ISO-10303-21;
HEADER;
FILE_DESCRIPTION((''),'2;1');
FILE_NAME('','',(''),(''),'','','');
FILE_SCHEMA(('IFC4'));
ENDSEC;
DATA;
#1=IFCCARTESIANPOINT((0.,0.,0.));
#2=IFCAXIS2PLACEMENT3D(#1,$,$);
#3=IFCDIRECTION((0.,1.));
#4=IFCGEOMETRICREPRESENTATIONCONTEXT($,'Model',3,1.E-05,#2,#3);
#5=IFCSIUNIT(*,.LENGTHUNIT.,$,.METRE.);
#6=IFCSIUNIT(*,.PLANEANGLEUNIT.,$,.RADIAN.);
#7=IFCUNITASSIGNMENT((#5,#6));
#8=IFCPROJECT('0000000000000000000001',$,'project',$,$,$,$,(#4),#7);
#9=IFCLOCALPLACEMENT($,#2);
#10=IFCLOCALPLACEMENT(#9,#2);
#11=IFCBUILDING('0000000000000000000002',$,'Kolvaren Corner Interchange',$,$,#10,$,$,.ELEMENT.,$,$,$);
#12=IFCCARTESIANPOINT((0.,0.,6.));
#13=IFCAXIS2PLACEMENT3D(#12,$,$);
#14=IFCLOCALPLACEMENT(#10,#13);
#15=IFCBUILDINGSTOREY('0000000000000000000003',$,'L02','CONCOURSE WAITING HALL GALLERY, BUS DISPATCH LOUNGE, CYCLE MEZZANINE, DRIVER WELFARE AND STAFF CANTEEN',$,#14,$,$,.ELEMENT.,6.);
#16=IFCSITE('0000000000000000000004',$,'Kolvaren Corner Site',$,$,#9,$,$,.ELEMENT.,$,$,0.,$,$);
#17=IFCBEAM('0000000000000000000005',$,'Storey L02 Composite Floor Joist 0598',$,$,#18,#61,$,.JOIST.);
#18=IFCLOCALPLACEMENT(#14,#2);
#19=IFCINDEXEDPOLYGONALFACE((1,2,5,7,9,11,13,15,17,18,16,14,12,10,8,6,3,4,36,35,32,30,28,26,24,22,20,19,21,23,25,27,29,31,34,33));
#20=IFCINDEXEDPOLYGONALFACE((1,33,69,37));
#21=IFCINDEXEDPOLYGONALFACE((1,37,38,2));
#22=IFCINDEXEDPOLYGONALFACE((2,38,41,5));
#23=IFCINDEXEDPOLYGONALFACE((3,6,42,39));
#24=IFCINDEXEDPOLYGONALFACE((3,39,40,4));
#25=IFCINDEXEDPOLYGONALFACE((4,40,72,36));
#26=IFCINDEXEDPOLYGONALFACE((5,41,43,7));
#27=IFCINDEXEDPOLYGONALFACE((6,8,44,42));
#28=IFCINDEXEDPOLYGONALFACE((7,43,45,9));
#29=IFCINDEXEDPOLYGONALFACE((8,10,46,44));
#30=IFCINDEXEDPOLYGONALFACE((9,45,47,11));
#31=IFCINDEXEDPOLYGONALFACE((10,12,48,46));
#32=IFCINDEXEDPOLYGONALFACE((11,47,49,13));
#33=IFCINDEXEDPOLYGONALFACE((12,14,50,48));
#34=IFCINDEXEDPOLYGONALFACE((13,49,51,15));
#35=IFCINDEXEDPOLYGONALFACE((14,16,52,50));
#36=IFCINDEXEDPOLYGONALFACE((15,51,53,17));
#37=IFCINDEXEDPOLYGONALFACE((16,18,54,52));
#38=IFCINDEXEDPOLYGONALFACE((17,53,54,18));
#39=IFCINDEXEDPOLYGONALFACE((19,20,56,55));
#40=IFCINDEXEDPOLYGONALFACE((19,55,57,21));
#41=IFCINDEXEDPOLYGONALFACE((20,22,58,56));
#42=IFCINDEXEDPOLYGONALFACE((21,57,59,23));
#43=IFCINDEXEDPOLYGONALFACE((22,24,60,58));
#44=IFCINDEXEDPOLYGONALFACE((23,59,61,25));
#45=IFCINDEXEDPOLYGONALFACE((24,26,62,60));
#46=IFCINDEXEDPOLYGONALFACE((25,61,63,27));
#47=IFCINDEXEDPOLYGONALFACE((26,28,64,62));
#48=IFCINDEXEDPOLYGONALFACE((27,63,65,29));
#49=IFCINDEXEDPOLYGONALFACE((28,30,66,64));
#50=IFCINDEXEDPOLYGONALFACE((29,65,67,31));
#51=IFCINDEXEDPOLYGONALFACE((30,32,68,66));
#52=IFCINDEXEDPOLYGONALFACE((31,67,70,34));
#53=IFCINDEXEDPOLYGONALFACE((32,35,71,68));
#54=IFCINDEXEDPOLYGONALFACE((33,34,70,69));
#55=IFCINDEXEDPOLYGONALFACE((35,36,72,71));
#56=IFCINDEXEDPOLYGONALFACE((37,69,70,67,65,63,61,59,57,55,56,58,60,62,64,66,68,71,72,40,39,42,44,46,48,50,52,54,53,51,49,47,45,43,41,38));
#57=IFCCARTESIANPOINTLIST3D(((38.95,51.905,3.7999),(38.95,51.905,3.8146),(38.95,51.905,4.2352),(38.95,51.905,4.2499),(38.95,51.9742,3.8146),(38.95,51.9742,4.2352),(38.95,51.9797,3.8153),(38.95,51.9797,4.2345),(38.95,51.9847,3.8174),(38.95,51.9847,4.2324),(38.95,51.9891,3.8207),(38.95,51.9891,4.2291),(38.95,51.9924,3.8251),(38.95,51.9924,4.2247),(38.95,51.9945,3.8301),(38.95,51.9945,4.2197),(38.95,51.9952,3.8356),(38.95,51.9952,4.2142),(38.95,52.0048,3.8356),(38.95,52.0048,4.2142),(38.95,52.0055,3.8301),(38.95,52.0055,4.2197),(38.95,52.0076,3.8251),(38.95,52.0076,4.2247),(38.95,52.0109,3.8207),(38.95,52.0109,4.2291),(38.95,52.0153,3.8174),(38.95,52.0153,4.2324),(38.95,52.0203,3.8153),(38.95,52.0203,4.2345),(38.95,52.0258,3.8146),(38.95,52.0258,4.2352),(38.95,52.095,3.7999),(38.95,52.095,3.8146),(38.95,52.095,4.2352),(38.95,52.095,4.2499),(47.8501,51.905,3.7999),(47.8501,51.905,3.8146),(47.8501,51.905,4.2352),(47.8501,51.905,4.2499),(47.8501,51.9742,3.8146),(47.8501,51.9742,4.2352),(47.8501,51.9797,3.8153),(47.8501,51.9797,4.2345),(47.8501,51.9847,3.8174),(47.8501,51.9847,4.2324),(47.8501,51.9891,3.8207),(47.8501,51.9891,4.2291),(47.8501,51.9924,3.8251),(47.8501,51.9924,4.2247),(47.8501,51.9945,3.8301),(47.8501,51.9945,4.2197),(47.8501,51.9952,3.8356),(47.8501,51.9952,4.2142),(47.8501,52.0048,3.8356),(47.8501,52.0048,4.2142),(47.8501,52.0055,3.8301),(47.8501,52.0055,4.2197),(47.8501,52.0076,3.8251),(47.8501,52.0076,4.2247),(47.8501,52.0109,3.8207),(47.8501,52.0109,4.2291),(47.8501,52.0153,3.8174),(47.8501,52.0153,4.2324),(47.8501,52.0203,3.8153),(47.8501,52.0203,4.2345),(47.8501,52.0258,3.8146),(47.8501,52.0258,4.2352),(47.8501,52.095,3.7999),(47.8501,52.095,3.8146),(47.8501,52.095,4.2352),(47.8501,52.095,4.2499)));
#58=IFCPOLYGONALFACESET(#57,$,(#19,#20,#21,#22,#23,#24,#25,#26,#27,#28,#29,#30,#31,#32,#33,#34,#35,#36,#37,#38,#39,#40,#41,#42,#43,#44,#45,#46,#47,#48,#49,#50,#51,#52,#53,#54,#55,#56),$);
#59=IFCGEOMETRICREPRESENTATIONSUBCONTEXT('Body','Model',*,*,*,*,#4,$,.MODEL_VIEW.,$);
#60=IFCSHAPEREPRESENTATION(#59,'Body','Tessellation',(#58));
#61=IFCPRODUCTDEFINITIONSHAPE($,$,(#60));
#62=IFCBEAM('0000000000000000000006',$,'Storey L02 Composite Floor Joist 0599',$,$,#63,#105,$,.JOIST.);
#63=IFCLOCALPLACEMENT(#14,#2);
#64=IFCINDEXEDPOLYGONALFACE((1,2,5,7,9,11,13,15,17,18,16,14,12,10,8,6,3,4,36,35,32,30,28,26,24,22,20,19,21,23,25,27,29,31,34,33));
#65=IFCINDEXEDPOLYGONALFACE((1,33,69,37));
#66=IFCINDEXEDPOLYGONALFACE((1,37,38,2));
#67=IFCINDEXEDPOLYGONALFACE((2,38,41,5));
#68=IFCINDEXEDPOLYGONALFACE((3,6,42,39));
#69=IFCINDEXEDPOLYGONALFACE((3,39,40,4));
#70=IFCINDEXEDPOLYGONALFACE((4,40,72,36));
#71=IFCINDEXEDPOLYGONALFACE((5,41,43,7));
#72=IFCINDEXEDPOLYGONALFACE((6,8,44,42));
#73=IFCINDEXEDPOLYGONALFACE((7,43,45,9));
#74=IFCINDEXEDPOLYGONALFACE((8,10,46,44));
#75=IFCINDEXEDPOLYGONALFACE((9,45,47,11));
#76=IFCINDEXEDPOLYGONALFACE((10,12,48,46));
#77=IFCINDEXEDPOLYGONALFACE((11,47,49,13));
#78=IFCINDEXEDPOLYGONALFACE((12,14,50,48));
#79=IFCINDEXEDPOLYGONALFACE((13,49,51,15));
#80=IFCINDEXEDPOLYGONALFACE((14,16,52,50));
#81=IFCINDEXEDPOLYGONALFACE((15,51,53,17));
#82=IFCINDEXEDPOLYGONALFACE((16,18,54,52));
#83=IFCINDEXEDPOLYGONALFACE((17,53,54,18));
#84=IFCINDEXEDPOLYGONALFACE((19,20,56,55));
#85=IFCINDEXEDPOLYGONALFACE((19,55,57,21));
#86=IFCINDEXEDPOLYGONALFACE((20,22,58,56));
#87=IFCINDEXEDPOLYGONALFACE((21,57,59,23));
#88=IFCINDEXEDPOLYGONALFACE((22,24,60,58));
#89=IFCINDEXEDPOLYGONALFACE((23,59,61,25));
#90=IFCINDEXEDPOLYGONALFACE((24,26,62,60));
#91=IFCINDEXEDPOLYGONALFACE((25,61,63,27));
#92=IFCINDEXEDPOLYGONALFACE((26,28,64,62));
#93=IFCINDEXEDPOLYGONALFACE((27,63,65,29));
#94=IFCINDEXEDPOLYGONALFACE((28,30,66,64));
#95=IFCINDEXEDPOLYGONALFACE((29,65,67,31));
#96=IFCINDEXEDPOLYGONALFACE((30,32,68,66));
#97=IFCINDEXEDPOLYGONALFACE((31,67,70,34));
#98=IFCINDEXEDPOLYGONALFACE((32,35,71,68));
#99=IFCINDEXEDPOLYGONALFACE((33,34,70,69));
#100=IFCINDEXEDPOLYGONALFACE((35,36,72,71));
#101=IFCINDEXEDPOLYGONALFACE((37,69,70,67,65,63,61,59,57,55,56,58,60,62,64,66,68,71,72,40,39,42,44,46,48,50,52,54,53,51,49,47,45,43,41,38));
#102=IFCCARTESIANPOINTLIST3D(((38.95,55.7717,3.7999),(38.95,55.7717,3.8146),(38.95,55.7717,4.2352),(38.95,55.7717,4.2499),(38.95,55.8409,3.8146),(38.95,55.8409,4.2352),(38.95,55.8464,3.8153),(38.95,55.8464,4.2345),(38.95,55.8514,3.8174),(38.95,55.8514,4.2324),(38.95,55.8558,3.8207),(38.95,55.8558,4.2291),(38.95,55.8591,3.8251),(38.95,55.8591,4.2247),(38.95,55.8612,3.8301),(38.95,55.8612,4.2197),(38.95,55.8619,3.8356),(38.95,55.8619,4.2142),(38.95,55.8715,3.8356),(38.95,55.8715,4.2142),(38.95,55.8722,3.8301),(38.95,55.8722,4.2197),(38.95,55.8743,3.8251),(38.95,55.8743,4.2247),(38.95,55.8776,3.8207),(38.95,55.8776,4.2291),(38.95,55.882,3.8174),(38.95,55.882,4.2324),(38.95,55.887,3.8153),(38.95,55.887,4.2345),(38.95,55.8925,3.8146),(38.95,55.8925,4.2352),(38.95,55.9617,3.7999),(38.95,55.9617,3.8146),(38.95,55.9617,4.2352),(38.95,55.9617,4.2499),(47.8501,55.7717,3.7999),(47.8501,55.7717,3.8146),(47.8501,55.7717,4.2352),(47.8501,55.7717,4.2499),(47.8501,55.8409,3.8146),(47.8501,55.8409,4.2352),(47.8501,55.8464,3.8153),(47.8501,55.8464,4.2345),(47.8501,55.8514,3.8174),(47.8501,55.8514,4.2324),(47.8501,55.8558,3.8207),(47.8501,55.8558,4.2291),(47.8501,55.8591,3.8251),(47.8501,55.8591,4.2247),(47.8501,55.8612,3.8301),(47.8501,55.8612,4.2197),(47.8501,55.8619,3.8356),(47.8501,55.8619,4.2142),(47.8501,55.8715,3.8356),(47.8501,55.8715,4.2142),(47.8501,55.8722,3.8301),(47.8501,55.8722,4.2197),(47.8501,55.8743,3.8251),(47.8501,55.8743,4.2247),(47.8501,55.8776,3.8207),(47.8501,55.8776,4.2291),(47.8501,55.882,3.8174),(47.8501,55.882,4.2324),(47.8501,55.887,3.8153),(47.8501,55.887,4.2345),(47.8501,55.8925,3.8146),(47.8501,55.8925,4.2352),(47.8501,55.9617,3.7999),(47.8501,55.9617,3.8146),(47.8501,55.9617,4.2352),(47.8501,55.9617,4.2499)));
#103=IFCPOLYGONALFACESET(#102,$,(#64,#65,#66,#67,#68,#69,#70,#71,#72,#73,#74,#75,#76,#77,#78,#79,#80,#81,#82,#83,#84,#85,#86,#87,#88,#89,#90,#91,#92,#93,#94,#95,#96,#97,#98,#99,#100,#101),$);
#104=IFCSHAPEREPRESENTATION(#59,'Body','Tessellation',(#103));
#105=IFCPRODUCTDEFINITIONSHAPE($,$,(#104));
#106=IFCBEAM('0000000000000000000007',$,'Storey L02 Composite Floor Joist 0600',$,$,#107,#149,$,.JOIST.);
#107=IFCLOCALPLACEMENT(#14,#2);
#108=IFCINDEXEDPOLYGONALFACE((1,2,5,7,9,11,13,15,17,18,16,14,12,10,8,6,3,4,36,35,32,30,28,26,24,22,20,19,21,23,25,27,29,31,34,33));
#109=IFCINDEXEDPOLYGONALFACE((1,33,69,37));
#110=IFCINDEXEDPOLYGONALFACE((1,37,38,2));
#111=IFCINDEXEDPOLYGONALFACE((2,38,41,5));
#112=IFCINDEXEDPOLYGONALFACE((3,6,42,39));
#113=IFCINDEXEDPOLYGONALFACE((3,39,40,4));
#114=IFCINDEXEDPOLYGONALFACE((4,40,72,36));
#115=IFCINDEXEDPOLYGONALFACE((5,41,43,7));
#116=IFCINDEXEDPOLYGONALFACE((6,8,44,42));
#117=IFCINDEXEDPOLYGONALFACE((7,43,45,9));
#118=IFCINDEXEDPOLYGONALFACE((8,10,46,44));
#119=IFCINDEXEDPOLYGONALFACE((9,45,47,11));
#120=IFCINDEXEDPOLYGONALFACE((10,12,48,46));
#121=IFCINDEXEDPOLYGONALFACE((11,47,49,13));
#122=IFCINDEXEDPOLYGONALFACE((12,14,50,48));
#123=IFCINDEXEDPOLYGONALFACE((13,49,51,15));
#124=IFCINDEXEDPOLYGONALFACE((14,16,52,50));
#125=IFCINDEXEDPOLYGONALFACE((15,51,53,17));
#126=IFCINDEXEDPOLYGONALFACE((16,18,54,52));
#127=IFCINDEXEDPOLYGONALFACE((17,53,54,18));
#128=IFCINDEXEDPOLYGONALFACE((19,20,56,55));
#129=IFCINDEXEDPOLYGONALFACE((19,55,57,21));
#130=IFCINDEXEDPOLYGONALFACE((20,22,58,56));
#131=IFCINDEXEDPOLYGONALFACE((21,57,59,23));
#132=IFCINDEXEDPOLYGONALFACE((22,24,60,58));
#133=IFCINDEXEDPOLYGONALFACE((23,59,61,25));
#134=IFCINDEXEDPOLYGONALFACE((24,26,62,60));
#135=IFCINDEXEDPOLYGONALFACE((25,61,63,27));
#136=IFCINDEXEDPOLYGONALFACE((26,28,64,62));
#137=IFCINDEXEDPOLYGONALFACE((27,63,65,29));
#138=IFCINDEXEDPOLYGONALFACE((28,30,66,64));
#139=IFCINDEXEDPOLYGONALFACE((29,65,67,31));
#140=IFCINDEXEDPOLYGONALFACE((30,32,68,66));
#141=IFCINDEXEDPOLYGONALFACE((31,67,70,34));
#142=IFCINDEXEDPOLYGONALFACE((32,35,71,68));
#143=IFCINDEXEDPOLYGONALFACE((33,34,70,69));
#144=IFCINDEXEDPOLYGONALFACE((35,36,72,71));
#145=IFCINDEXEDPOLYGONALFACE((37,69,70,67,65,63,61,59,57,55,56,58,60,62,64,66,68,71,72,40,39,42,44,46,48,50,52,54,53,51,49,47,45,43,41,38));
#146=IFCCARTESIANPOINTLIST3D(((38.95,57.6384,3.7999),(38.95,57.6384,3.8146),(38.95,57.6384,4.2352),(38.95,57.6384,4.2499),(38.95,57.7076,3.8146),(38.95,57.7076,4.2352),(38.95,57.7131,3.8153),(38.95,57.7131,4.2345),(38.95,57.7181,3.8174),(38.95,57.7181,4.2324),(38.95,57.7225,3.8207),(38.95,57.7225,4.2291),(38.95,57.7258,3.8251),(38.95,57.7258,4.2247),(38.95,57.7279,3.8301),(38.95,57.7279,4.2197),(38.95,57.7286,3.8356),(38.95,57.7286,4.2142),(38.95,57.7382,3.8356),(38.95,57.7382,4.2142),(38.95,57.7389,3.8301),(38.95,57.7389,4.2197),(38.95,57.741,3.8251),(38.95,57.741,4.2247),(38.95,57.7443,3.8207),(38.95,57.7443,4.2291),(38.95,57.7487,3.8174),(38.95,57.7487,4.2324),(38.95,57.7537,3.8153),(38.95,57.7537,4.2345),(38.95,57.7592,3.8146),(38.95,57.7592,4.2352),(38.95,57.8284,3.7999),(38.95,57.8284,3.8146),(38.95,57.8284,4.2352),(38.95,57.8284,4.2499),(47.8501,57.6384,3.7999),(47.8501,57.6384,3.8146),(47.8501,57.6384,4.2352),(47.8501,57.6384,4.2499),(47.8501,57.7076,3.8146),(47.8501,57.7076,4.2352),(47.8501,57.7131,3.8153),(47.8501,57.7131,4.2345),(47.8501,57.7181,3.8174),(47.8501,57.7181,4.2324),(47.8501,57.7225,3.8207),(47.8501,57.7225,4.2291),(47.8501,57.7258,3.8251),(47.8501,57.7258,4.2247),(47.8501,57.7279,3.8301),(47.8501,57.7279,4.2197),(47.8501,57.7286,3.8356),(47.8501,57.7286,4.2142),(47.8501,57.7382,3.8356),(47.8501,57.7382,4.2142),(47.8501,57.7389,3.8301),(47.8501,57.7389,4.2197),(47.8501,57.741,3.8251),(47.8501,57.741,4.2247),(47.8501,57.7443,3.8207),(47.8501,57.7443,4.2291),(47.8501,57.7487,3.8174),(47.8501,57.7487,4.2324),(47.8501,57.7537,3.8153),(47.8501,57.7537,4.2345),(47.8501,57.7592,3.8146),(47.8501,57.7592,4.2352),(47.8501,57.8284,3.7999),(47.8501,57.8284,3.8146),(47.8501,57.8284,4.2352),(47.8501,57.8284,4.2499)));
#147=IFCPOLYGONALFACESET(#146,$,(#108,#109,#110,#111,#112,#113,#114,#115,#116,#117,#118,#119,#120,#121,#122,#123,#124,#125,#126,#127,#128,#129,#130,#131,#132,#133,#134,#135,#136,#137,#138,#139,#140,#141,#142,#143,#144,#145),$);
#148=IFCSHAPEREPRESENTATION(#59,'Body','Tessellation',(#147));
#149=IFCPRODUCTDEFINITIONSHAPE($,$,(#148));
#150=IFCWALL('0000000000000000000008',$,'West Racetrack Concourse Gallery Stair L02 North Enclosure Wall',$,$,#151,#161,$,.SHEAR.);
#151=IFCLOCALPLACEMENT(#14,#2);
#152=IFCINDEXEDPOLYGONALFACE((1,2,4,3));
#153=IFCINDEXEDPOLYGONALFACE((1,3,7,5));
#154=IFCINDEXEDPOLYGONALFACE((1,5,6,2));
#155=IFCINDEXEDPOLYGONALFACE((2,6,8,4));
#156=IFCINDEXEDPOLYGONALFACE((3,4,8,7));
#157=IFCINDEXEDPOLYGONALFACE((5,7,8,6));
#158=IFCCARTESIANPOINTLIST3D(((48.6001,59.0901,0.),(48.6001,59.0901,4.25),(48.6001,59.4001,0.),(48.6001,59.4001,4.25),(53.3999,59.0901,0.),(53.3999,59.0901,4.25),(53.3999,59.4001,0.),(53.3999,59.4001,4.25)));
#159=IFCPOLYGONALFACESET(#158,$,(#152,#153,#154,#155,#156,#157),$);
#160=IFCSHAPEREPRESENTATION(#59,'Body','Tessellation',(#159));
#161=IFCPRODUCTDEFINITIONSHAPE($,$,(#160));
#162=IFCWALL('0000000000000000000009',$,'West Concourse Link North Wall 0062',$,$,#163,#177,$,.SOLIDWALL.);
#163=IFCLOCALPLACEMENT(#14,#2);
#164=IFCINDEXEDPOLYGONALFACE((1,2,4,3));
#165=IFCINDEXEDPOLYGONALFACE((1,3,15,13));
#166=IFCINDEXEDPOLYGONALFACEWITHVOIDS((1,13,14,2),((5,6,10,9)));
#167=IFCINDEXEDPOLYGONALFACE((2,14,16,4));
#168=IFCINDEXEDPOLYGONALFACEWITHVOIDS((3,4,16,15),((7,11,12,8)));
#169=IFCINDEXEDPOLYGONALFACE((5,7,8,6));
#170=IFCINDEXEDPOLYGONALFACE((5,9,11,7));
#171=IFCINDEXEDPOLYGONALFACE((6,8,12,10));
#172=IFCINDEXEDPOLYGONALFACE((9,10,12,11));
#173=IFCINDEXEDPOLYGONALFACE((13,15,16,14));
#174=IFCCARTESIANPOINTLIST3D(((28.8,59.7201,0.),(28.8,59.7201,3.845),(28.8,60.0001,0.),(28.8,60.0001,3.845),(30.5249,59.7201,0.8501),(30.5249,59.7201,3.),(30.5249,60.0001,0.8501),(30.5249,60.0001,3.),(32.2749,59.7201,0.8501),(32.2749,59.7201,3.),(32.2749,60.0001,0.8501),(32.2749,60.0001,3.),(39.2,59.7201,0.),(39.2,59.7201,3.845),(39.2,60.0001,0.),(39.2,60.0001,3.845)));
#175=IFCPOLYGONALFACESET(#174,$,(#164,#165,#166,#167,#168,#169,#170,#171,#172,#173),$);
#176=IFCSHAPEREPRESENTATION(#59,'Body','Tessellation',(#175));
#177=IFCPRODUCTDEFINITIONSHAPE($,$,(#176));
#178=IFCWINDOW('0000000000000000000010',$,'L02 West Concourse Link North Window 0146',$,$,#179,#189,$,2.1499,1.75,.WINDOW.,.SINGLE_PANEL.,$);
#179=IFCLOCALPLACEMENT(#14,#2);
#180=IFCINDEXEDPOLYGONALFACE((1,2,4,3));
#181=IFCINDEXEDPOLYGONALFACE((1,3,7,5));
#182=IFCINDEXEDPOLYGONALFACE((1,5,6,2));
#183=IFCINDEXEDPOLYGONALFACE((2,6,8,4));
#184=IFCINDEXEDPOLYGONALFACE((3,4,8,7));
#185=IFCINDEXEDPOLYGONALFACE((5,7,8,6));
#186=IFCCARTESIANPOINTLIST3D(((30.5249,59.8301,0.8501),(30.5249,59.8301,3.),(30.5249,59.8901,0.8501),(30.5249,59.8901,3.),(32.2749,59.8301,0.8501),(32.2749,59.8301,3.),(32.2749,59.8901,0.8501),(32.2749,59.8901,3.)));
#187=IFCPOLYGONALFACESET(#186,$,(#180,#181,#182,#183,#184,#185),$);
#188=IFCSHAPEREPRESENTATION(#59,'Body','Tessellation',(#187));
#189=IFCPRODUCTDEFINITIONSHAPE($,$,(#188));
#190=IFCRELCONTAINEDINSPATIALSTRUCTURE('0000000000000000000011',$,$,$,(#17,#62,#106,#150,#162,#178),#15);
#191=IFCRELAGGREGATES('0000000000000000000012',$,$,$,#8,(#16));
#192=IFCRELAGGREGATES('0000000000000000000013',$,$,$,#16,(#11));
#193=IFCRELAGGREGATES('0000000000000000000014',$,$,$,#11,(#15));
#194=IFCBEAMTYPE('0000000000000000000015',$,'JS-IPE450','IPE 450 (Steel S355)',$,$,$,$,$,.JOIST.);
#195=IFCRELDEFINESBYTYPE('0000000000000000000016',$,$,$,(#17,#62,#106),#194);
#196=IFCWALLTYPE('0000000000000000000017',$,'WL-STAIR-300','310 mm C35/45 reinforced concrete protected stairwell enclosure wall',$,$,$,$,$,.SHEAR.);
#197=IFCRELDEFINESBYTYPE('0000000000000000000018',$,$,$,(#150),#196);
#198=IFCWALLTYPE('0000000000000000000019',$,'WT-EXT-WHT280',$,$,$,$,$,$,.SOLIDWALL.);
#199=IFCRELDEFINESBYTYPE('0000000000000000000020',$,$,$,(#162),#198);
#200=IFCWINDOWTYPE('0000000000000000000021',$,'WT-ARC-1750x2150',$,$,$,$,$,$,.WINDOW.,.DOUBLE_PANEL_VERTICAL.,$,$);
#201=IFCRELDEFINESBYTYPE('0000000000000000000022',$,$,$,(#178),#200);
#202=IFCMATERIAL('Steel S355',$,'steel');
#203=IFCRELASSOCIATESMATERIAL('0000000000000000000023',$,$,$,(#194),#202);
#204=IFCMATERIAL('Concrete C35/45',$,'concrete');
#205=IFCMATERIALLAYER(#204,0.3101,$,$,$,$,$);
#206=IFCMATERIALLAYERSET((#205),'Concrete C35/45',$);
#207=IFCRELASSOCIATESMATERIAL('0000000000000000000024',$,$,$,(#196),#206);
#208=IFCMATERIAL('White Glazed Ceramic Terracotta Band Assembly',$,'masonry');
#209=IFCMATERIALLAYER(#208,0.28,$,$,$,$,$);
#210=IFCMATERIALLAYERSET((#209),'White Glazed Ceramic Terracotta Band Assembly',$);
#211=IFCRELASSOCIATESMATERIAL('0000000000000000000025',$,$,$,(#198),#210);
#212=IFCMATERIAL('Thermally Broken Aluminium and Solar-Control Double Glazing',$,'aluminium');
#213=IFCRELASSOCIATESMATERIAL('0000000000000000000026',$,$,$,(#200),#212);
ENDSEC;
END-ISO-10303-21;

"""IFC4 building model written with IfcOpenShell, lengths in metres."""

from ifc_helpers import new_model, si_unit, direction, frame, frame_2d, origin, origin_2d, place, context, subcontext, project, spatial, rectangle, i_section, extrude, material, layer, layer_set, material_profile, profile_set, type_object, element, fill, save


model = new_model("IFC4")

# Units and contexts
model_context = context("Model", 3, precision=1e-05, world=origin(), true_north=direction((0.0, 1.0)))
body_context = subcontext(model_context, "Body", "Model", "MODEL_VIEW")
ifc_project = project(units=[si_unit("LENGTHUNIT", "METRE"), si_unit("PLANEANGLEUNIT", "RADIAN")], contexts=[model_context])

# Site, building, storey
site_placement = place(None, origin())
site = spatial("IfcSite", under=ifc_project, at=site_placement, Name="Kolvaren Corner Site", CompositionType="ELEMENT", RefElevation=0.0)
building_placement = place(site_placement, origin())
building = spatial("IfcBuilding", under=site, at=building_placement, Name="Kolvaren Corner Interchange", CompositionType="ELEMENT")
storey_placement = place(building_placement, frame((0.0, 0.0, 6.0)))
storey = spatial("IfcBuildingStorey", under=building, at=storey_placement, Name="L02", Description="CONCOURSE WAITING HALL GALLERY, BUS DISPATCH LOUNGE, CYCLE MEZZANINE, DRIVER WELFARE AND STAFF CANTEEN", CompositionType="ELEMENT", Elevation=6.0)

# Beams
ifc_material_1 = material(Name="Steel S355", Category="steel")
ifc_material_profile_1 = material_profile(ifc_material_1, i_section(OverallWidth=0.1899, OverallDepth=0.45, WebThickness=0.0095, FlangeThickness=0.0146, FilletRadius=0.021, at=origin_2d()), Name="IPE 450")
ifc_profile_set_1 = profile_set([ifc_material_profile_1], Name="Steel S355")
beam_type_1 = type_object("IfcBeamType", Name="JS-IPE450", Description="IPE 450 (Steel S355)", PredefinedType="JOIST", material=ifc_profile_set_1)
for number, where, z_axis, x_axis, name in (
    (1, (38.95, 52.0, 4.0249), (1.0, 0.0, 0.0), (0.0, 1.0, 0.0), "Storey L02 Composite Floor Joist 0598"),
    (2, (38.95, 55.8667, 4.0249), (1.0, 0.0, 0.0), (0.0, 1.0, 0.0), "Storey L02 Composite Floor Joist 0599"),
    (3, (38.95, 57.7334, 4.0249), (1.0, 0.0, 0.0), (0.0, 1.0, 0.0), "Storey L02 Composite Floor Joist 0600"),
):
    element("IfcBeam", number, at=place(storey_placement, frame(where, z_axis=z_axis, x_axis=x_axis)), inside=storey, type_object=beam_type_1, Name=name, PredefinedType="JOIST", context=body_context, shape_type="SweptSolid", body=[
        extrude(i_section(OverallWidth=0.1899, OverallDepth=0.45, WebThickness=0.0095, FlangeThickness=0.0146, FilletRadius=0.021, at=origin_2d()), origin(), (0.0, 0.0, 1.0), 8.9001),
    ])

# Wall
ifc_material_2 = material(Name="Concrete C35/45", Category="concrete")
ifc_layer_1 = layer(ifc_material_2, 0.3101)
ifc_layer_set_1 = layer_set([ifc_layer_1], Name="Concrete C35/45")
wall_type_1 = type_object("IfcWallType", Name="WL-STAIR-300", Description="310 mm C35/45 reinforced concrete protected stairwell enclosure wall", PredefinedType="SHEAR", material=ifc_layer_set_1)
wall_1_placement = place(storey_placement, frame((48.6001, 59.2451, 0.0), z_axis=(0.0, 0.0, 1.0), x_axis=(1.0, 0.0, 0.0)))
element("IfcWall", 4, at=wall_1_placement, inside=storey, type_object=wall_type_1, Name="West Racetrack Concourse Gallery Stair L02 North Enclosure Wall", PredefinedType="SHEAR", context=body_context, shape_type="SweptSolid", body=[
    extrude(rectangle(XDim=4.7998, YDim=0.3101, at=frame_2d((2.3999, 0.0))), origin(), (0.0, 0.0, 1.0), 4.25),
])

# Wall, opening, window
ifc_material_3 = material(Name="White Glazed Ceramic Terracotta Band Assembly", Category="masonry")
ifc_layer_2 = layer(ifc_material_3, 0.28)
ifc_layer_set_2 = layer_set([ifc_layer_2], Name="White Glazed Ceramic Terracotta Band Assembly")
wall_type_2 = type_object("IfcWallType", Name="WT-EXT-WHT280", PredefinedType="SOLIDWALL", material=ifc_layer_set_2)
wall_2_placement = place(storey_placement, frame((39.2, 59.8601, 0.0), z_axis=(0.0, 0.0, 1.0), x_axis=(-1.0, 0.0, 0.0)))
wall_2 = element("IfcWall", 5, at=wall_2_placement, inside=storey, type_object=wall_type_2, Name="West Concourse Link North Wall 0062", PredefinedType="SOLIDWALL", context=body_context, shape_type="SweptSolid", body=[
    extrude(rectangle(XDim=10.3999, YDim=0.28, at=frame_2d((5.2, 0.0))), origin(), (0.0, 0.0, 1.0), 3.845),
])
opening_placement = place(wall_2_placement, frame((6.925, 0.0, 0.8501)))
opening = element("IfcOpeningElement", 6, at=opening_placement, cuts=wall_2, PredefinedType="OPENING", context=body_context, shape_type="SweptSolid", body=[
    extrude(rectangle(XDim=1.75, YDim=2.1499, at=frame_2d((0.875, 1.075))), frame((0.0, 0.1499, 0.0), z_axis=(0.0, -1.0, 0.0), x_axis=(1.0, 0.0, 0.0)), (0.0, 0.0, 1.0), 0.3),
])
ifc_material_4 = material(Name="Thermally Broken Aluminium and Solar-Control Double Glazing", Category="aluminium")
window_type = type_object("IfcWindowType", Name="WT-ARC-1750x2150", PartitioningType="DOUBLE_PANEL_VERTICAL", PredefinedType="WINDOW", material=ifc_material_4)
window_placement = place(opening_placement, origin())
window = element("IfcWindow", 7, at=window_placement, inside=storey, type_object=window_type, Name="L02 West Concourse Link North Window 0146", OverallHeight=2.1499, OverallWidth=1.75, PartitioningType="SINGLE_PANEL", PredefinedType="WINDOW", context=body_context, shape_type="SweptSolid", body=[
    extrude(rectangle(XDim=1.75, YDim=2.1499, at=frame_2d((0.875, 1.075))), frame((0.0, 0.03, 0.0), z_axis=(0.0, -1.0, 0.0), x_axis=(1.0, 0.0, 0.0)), (0.0, 0.0, 1.0), 0.0601),
])
fill(opening, window)

save(model, "model.ifc")
